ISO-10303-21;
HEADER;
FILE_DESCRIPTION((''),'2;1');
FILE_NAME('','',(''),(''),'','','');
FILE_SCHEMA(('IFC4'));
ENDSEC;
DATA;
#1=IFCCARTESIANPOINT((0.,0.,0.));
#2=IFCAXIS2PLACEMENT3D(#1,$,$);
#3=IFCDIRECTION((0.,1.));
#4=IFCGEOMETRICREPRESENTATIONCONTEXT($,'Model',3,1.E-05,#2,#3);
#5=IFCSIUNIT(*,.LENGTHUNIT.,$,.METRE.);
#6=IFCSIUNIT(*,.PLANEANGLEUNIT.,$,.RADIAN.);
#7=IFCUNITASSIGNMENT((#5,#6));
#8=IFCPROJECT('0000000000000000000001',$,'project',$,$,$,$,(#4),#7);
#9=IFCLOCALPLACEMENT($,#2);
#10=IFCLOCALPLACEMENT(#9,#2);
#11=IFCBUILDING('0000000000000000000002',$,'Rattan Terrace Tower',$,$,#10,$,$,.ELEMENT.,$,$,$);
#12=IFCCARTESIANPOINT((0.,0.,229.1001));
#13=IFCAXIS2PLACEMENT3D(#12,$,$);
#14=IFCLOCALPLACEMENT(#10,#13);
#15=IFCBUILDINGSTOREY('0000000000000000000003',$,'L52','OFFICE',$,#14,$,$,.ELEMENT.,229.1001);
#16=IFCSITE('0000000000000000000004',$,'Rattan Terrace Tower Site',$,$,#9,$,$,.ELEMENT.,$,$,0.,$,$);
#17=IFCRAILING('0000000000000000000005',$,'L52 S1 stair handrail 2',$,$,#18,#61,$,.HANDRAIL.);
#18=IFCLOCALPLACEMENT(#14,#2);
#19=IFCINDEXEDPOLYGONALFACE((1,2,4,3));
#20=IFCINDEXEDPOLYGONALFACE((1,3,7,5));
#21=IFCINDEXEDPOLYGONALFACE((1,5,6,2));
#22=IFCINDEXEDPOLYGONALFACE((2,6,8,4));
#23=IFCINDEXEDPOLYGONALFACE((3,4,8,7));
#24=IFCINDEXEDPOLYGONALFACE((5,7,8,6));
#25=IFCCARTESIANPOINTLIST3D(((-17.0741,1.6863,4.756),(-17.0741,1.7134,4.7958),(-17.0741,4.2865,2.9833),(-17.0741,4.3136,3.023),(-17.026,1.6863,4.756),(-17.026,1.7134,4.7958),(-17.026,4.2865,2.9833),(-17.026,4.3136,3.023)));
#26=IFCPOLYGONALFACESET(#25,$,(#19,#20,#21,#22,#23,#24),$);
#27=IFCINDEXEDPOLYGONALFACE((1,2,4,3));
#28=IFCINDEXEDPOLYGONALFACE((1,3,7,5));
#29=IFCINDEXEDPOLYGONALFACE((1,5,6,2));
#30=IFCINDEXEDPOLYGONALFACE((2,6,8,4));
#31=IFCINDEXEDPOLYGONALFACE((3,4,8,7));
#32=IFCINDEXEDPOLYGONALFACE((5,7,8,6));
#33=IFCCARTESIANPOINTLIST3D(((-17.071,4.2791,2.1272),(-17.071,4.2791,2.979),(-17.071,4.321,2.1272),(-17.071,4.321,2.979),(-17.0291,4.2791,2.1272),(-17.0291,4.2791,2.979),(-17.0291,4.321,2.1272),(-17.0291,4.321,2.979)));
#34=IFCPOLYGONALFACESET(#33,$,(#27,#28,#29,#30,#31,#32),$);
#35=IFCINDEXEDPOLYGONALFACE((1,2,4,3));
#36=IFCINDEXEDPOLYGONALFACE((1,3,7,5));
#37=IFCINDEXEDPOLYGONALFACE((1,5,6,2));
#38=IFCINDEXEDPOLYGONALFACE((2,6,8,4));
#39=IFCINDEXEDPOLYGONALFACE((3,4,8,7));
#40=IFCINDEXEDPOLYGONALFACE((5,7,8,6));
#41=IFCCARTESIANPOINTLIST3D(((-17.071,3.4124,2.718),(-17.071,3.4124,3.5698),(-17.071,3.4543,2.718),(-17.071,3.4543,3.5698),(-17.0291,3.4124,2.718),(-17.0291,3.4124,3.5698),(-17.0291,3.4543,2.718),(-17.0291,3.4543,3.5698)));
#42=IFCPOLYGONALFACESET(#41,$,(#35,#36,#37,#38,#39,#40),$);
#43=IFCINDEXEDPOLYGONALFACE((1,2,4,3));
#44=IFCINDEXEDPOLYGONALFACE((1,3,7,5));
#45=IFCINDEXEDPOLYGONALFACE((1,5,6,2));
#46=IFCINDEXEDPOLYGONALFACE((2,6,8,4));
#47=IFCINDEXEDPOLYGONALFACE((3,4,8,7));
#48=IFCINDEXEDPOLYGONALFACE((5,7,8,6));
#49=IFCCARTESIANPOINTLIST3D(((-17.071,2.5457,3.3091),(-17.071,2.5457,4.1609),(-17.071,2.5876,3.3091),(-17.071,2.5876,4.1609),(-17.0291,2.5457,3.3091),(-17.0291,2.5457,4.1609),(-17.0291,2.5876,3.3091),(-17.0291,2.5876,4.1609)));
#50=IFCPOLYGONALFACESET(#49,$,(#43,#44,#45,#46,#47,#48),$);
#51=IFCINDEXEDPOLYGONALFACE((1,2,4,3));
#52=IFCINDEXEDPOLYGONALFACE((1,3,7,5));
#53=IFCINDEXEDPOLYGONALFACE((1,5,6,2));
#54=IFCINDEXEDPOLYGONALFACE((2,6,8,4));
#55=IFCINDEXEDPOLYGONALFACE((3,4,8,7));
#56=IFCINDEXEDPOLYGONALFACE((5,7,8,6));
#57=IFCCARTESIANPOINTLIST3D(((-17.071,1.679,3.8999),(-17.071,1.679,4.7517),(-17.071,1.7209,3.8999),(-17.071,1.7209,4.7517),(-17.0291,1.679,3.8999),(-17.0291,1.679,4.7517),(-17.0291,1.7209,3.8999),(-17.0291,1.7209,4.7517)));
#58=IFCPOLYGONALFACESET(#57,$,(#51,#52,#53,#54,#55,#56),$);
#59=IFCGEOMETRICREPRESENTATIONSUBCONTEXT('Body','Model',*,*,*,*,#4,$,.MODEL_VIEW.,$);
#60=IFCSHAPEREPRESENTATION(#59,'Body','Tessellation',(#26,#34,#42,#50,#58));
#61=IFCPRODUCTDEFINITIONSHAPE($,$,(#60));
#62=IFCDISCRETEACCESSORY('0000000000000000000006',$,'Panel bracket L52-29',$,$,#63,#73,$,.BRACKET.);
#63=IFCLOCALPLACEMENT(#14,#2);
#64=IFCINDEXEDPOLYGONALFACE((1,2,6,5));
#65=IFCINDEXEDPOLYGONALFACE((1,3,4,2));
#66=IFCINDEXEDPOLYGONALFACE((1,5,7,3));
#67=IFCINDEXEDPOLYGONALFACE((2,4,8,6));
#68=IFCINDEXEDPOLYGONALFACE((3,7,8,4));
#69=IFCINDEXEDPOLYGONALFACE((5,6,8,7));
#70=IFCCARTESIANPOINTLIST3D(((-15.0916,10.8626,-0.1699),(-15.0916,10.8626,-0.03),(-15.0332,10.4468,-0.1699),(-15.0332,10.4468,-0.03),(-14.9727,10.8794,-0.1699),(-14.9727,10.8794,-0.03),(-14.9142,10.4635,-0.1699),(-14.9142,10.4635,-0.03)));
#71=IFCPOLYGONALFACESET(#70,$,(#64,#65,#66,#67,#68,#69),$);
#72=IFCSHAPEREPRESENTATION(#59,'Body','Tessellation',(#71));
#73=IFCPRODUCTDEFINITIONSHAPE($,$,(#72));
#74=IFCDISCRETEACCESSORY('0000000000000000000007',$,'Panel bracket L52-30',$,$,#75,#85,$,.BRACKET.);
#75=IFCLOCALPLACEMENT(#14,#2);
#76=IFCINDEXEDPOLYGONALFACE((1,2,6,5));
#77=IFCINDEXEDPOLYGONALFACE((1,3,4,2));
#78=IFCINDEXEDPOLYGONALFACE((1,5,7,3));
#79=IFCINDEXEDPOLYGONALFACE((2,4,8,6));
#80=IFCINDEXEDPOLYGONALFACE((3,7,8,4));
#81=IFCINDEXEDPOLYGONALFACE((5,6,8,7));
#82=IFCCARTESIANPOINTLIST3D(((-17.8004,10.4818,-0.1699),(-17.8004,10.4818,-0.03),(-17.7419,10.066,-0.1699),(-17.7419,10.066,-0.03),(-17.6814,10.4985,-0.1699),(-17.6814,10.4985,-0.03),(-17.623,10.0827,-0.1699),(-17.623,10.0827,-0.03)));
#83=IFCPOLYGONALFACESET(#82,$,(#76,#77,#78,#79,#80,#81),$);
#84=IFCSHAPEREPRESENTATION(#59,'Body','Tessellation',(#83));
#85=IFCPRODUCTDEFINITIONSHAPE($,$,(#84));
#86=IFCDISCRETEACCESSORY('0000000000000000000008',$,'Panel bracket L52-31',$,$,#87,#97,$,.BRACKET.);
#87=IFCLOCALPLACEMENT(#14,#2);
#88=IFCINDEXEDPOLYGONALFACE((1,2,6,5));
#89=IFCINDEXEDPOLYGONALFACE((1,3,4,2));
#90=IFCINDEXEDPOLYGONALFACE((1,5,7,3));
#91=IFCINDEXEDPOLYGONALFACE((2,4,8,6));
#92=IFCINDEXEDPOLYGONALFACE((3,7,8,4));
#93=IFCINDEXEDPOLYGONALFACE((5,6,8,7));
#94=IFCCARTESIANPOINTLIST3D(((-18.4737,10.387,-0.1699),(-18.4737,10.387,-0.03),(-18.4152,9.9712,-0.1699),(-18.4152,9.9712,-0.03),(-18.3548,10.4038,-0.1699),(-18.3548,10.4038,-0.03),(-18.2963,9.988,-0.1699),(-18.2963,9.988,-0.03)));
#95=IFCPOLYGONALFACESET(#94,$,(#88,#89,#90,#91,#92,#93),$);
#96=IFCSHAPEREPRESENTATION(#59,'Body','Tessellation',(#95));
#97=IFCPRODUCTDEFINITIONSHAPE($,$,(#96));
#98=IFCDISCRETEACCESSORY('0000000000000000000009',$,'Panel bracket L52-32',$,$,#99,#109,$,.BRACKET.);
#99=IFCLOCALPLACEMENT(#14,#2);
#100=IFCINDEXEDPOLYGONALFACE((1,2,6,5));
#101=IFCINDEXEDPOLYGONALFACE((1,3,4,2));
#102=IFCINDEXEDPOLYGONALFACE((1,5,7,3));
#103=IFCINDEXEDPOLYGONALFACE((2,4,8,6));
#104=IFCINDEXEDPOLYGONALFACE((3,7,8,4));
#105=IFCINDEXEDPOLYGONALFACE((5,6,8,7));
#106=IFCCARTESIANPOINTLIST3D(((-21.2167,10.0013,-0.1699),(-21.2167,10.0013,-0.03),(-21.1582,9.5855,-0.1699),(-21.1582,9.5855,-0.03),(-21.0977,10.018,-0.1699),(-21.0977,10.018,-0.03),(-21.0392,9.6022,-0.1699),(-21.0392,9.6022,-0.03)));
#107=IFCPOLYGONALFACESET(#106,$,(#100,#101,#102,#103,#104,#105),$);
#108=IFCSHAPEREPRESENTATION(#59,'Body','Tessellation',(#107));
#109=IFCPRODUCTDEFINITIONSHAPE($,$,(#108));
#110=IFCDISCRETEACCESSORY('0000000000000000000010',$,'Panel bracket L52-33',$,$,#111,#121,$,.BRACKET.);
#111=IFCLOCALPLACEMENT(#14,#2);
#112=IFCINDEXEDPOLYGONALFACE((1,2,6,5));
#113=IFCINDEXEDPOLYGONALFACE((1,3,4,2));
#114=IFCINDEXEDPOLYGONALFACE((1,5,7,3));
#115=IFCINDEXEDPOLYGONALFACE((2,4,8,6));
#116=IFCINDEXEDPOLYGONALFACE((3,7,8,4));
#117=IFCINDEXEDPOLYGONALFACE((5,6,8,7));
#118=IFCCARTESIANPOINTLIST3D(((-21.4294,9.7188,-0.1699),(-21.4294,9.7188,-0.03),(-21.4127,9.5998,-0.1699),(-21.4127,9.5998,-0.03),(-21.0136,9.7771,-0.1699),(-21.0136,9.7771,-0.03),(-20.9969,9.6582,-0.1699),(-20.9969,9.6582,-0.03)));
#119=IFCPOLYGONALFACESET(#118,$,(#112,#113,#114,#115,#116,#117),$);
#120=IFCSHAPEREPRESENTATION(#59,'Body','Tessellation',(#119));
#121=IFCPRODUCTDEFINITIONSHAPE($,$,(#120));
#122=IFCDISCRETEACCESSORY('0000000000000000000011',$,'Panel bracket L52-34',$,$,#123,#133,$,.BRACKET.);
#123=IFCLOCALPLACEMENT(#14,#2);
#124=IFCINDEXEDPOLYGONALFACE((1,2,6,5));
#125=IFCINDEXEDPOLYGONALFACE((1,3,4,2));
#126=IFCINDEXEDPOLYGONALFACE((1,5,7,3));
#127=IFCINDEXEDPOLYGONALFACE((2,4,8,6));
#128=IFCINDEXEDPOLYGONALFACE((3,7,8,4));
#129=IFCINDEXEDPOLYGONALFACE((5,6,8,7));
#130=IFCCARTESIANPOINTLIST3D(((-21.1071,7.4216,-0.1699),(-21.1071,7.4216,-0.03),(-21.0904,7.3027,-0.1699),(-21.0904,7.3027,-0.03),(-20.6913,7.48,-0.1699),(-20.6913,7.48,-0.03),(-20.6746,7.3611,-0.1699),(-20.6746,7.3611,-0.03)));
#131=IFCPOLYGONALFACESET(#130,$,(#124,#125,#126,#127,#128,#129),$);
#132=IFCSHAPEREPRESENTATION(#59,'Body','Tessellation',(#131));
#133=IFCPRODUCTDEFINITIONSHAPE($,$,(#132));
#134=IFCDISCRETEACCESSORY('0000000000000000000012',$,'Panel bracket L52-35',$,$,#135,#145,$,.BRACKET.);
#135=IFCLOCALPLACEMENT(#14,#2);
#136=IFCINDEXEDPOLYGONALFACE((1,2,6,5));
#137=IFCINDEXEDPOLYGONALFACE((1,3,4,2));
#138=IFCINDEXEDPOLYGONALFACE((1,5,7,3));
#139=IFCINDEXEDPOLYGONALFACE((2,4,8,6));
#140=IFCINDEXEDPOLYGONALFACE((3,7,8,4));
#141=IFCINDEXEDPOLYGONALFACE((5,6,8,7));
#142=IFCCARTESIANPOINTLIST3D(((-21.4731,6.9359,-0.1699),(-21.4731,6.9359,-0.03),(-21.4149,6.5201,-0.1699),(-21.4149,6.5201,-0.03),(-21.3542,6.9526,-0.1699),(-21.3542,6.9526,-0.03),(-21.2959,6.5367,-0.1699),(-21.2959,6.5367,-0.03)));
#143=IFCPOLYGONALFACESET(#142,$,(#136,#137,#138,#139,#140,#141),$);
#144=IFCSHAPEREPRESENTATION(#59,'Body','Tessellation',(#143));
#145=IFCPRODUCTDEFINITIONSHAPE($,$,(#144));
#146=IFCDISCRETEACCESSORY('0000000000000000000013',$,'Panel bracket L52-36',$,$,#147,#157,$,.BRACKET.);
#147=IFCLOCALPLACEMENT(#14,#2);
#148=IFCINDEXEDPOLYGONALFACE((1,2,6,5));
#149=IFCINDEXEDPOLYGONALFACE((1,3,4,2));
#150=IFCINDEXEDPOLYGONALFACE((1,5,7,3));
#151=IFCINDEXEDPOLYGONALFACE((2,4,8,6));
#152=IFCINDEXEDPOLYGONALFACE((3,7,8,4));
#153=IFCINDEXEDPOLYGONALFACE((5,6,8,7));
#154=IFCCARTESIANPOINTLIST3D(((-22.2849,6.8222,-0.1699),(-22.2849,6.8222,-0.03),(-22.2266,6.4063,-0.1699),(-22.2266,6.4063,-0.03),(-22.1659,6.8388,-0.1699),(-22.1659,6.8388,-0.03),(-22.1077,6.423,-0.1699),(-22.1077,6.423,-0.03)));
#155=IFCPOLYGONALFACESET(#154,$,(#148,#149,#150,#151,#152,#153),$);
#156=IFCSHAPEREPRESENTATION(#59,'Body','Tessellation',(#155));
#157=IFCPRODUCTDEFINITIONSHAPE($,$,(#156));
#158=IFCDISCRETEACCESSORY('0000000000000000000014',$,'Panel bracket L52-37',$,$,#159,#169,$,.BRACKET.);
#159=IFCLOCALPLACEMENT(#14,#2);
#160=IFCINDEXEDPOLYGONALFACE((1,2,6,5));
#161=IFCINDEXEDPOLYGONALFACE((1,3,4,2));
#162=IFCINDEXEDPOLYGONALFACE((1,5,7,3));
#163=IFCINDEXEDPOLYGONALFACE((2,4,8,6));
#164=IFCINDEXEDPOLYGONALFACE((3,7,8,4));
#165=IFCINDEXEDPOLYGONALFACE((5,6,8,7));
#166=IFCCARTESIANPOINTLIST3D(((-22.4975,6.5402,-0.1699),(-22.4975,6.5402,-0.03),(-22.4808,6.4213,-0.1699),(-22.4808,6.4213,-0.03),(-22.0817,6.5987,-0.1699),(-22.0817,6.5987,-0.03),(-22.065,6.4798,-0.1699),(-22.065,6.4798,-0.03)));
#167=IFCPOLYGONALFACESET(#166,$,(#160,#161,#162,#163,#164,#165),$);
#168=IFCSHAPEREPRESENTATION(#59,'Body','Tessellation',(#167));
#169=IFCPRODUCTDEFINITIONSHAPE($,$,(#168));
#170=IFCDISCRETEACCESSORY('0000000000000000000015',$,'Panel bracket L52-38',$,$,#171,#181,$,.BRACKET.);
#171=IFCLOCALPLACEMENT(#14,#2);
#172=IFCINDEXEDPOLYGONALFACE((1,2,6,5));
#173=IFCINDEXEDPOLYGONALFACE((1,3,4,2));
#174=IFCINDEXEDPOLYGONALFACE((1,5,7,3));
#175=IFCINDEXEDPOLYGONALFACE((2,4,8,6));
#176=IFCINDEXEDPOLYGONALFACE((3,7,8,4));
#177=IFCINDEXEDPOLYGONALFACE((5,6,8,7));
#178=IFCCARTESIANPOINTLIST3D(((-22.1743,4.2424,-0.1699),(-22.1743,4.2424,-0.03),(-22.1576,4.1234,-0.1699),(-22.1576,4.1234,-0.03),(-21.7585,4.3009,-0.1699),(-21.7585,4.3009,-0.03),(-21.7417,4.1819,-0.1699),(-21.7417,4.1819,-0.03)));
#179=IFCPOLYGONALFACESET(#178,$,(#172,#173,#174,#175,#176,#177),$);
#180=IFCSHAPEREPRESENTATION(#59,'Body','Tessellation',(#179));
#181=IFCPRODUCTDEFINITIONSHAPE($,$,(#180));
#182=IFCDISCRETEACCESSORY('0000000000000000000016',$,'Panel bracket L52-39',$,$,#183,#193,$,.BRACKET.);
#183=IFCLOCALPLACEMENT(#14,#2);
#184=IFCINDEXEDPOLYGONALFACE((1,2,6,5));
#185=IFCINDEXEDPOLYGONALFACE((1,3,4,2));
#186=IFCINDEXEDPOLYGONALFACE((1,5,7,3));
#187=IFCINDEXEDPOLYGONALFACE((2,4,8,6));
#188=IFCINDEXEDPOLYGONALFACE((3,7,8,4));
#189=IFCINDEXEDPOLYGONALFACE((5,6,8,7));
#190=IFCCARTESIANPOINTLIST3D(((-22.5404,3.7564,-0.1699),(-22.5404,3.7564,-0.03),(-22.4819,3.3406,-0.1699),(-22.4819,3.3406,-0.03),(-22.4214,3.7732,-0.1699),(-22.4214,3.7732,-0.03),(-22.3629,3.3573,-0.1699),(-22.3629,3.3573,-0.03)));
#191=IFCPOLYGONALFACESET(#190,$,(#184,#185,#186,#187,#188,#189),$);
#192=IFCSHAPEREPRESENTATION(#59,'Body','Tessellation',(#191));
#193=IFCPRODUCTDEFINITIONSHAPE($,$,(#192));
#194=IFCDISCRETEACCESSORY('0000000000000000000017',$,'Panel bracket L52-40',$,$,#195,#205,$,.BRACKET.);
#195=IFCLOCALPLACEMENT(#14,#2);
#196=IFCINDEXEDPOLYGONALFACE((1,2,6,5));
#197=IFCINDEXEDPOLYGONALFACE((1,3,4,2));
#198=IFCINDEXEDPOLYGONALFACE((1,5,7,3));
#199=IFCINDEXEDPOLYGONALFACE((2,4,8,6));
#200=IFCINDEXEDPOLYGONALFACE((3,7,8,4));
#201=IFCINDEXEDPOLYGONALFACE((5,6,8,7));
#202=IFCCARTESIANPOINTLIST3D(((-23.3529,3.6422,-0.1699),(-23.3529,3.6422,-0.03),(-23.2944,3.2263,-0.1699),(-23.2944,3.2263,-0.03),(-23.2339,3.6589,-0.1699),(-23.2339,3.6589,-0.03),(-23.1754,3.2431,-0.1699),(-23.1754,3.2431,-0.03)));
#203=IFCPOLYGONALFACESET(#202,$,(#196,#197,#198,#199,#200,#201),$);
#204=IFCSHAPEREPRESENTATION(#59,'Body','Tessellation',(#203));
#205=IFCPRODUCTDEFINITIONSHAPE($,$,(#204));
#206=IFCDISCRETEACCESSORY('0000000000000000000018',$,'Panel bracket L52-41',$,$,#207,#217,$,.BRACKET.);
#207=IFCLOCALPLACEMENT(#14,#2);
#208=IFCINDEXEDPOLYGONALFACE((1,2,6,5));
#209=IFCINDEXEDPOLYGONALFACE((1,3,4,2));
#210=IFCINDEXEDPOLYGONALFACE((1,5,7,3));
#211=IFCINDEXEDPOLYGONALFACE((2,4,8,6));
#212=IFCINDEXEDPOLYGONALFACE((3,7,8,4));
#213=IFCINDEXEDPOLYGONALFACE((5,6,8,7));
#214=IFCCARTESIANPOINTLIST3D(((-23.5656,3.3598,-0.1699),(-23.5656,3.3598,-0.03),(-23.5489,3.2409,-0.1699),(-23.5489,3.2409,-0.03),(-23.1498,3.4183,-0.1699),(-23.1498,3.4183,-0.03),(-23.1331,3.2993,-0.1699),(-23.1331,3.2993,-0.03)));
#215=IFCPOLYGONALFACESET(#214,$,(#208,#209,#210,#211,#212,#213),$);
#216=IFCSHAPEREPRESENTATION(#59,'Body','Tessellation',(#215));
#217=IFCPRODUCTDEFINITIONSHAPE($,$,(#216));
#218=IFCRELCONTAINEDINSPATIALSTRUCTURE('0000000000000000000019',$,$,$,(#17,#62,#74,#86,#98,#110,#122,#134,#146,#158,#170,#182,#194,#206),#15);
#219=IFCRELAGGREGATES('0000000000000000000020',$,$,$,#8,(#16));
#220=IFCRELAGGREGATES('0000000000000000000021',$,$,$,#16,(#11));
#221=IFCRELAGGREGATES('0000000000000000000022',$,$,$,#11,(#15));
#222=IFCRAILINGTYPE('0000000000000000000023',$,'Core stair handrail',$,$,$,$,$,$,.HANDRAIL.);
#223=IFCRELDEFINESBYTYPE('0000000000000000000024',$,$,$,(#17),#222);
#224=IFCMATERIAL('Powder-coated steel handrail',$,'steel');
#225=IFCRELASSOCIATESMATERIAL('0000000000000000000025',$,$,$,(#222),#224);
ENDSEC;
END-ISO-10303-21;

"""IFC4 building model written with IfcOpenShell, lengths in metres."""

from ifc_helpers import new_model, si_unit, direction, frame, origin, origin_2d, place, context, subcontext, project, spatial, rectangle, extrude, material, type_object, element, save


model = new_model("IFC4")

# Units and contexts
model_context = context("Model", 3, precision=1e-05, world=origin(), true_north=direction((0.0, 1.0)))
body_context = subcontext(model_context, "Body", "Model", "MODEL_VIEW")
ifc_project = project(units=[si_unit("LENGTHUNIT", "METRE"), si_unit("PLANEANGLEUNIT", "RADIAN")], contexts=[model_context])

# Site, building, storey
site_placement = place(None, origin())
site = spatial("IfcSite", under=ifc_project, at=site_placement, Name="Rattan Terrace Tower Site", CompositionType="ELEMENT", RefElevation=0.0)
building_placement = place(site_placement, origin())
building = spatial("IfcBuilding", under=site, at=building_placement, Name="Rattan Terrace Tower", CompositionType="ELEMENT")
storey_placement = place(building_placement, frame((0.0, 0.0, 229.1001)))
storey = spatial("IfcBuildingStorey", under=building, at=storey_placement, Name="L52", Description="OFFICE", CompositionType="ELEMENT", Elevation=229.1001)

# Railing
ifc_material_1 = material(Name="Powder-coated steel handrail", Category="steel")
railing_type_1 = type_object("IfcRailingType", Name="Core stair handrail", PredefinedType="HANDRAIL", material=ifc_material_1)
railing_1_placement = place(storey_placement, frame((-17.05, 4.3, 2.1272)))
element("IfcRailing", 1, at=railing_1_placement, inside=storey, type_object=railing_type_1, Name="L52 S1 stair handrail 2", PredefinedType="HANDRAIL", context=body_context, shape_type="SweptSolid", body=[
    extrude(rectangle(XDim=0.0481, YDim=0.0481, at=origin_2d()), frame((0.0, 0.0, 0.876), z_axis=(0.0, -0.82624, 0.563318), x_axis=(1.0, 0.0, 0.0)), (0.0, 0.0, 1.0), 3.147),
    extrude(rectangle(XDim=0.042, YDim=0.042, at=origin_2d()), origin(), (0.0, 0.0, 1.0), 0.8518),
    extrude(rectangle(XDim=0.042, YDim=0.042, at=origin_2d()), frame((0.0, -0.8667, 0.5908)), (0.0, 0.0, 1.0), 0.8518),
    extrude(rectangle(XDim=0.042, YDim=0.042, at=origin_2d()), frame((0.0, -1.7334, 1.1819)), (0.0, 0.0, 1.0), 0.8518),
    extrude(rectangle(XDim=0.042, YDim=0.042, at=origin_2d()), frame((0.0, -2.6001, 1.7727)), (0.0, 0.0, 1.0), 0.8518),
])

# Discrete accessories
for number, where, z_axis, x_axis, name in (
    (2, (-15.0029, 10.6631, -0.1699), (0.0, 0.0, 1.0), (-0.990267, -0.139177, 0.0), "Panel bracket L52-29"),
    (3, (-17.7117, 10.2822, -0.1699), (0.0, 0.0, 1.0), (-0.990267, -0.139177, 0.0), "Panel bracket L52-30"),
    (4, (-18.385, 10.1875, -0.1699), (0.0, 0.0, 1.0), (-0.990247, -0.139321, 0.0), "Panel bracket L52-31"),
    (5, (-21.1279, 9.8018, -0.1699), (0.0, 0.0, 1.0), (-0.990247, -0.139321, 0.0), "Panel bracket L52-32"),
    (6, (-21.2131, 9.6885, -0.1699), (0.0, 0.0, 1.0), (0.138994, -0.990293, 0.0), "Panel bracket L52-33"),
    (7, (-20.8909, 7.3914, -0.1699), (0.0, 0.0, 1.0), (0.138994, -0.990293, 0.0), "Panel bracket L52-34"),
    (8, (-21.3845, 6.7363, -0.1699), (0.0, 0.0, 1.0), (-0.990333, -0.138713, 0.0), "Panel bracket L52-35"),
    (9, (-22.1963, 6.6226, -0.1699), (0.0, 0.0, 1.0), (-0.990333, -0.138713, 0.0), "Panel bracket L52-36"),
    (10, (-22.2812, 6.51, -0.1699), (0.0, 0.0, 1.0), (0.139321, -0.990247, 0.0), "Panel bracket L52-37"),
    (11, (-21.958, 4.2122, -0.1699), (0.0, 0.0, 1.0), (0.139321, -0.990247, 0.0), "Panel bracket L52-38"),
    (12, (-22.4517, 3.5569, -0.1699), (0.0, 0.0, 1.0), (-0.990254, -0.139275, 0.0), "Panel bracket L52-39"),
    (13, (-23.2642, 3.4426, -0.1699), (0.0, 0.0, 1.0), (-0.990254, -0.139275, 0.0), "Panel bracket L52-40"),
    (14, (-23.3494, 3.3296, -0.1699), (0.0, 0.0, 1.0), (0.139186, -0.990266, 0.0), "Panel bracket L52-41"),
):
    element("IfcDiscreteAccessory", number, at=place(storey_placement, frame(where, z_axis=z_axis, x_axis=x_axis)), inside=storey, Name=name, PredefinedType="BRACKET", context=body_context, shape_type="SweptSolid", body=[
        extrude(rectangle(XDim=0.1201, YDim=0.4199, at=origin_2d()), origin(), (0.0, 0.0, 1.0), 0.1399),
    ])

save(model, "model.ifc")
